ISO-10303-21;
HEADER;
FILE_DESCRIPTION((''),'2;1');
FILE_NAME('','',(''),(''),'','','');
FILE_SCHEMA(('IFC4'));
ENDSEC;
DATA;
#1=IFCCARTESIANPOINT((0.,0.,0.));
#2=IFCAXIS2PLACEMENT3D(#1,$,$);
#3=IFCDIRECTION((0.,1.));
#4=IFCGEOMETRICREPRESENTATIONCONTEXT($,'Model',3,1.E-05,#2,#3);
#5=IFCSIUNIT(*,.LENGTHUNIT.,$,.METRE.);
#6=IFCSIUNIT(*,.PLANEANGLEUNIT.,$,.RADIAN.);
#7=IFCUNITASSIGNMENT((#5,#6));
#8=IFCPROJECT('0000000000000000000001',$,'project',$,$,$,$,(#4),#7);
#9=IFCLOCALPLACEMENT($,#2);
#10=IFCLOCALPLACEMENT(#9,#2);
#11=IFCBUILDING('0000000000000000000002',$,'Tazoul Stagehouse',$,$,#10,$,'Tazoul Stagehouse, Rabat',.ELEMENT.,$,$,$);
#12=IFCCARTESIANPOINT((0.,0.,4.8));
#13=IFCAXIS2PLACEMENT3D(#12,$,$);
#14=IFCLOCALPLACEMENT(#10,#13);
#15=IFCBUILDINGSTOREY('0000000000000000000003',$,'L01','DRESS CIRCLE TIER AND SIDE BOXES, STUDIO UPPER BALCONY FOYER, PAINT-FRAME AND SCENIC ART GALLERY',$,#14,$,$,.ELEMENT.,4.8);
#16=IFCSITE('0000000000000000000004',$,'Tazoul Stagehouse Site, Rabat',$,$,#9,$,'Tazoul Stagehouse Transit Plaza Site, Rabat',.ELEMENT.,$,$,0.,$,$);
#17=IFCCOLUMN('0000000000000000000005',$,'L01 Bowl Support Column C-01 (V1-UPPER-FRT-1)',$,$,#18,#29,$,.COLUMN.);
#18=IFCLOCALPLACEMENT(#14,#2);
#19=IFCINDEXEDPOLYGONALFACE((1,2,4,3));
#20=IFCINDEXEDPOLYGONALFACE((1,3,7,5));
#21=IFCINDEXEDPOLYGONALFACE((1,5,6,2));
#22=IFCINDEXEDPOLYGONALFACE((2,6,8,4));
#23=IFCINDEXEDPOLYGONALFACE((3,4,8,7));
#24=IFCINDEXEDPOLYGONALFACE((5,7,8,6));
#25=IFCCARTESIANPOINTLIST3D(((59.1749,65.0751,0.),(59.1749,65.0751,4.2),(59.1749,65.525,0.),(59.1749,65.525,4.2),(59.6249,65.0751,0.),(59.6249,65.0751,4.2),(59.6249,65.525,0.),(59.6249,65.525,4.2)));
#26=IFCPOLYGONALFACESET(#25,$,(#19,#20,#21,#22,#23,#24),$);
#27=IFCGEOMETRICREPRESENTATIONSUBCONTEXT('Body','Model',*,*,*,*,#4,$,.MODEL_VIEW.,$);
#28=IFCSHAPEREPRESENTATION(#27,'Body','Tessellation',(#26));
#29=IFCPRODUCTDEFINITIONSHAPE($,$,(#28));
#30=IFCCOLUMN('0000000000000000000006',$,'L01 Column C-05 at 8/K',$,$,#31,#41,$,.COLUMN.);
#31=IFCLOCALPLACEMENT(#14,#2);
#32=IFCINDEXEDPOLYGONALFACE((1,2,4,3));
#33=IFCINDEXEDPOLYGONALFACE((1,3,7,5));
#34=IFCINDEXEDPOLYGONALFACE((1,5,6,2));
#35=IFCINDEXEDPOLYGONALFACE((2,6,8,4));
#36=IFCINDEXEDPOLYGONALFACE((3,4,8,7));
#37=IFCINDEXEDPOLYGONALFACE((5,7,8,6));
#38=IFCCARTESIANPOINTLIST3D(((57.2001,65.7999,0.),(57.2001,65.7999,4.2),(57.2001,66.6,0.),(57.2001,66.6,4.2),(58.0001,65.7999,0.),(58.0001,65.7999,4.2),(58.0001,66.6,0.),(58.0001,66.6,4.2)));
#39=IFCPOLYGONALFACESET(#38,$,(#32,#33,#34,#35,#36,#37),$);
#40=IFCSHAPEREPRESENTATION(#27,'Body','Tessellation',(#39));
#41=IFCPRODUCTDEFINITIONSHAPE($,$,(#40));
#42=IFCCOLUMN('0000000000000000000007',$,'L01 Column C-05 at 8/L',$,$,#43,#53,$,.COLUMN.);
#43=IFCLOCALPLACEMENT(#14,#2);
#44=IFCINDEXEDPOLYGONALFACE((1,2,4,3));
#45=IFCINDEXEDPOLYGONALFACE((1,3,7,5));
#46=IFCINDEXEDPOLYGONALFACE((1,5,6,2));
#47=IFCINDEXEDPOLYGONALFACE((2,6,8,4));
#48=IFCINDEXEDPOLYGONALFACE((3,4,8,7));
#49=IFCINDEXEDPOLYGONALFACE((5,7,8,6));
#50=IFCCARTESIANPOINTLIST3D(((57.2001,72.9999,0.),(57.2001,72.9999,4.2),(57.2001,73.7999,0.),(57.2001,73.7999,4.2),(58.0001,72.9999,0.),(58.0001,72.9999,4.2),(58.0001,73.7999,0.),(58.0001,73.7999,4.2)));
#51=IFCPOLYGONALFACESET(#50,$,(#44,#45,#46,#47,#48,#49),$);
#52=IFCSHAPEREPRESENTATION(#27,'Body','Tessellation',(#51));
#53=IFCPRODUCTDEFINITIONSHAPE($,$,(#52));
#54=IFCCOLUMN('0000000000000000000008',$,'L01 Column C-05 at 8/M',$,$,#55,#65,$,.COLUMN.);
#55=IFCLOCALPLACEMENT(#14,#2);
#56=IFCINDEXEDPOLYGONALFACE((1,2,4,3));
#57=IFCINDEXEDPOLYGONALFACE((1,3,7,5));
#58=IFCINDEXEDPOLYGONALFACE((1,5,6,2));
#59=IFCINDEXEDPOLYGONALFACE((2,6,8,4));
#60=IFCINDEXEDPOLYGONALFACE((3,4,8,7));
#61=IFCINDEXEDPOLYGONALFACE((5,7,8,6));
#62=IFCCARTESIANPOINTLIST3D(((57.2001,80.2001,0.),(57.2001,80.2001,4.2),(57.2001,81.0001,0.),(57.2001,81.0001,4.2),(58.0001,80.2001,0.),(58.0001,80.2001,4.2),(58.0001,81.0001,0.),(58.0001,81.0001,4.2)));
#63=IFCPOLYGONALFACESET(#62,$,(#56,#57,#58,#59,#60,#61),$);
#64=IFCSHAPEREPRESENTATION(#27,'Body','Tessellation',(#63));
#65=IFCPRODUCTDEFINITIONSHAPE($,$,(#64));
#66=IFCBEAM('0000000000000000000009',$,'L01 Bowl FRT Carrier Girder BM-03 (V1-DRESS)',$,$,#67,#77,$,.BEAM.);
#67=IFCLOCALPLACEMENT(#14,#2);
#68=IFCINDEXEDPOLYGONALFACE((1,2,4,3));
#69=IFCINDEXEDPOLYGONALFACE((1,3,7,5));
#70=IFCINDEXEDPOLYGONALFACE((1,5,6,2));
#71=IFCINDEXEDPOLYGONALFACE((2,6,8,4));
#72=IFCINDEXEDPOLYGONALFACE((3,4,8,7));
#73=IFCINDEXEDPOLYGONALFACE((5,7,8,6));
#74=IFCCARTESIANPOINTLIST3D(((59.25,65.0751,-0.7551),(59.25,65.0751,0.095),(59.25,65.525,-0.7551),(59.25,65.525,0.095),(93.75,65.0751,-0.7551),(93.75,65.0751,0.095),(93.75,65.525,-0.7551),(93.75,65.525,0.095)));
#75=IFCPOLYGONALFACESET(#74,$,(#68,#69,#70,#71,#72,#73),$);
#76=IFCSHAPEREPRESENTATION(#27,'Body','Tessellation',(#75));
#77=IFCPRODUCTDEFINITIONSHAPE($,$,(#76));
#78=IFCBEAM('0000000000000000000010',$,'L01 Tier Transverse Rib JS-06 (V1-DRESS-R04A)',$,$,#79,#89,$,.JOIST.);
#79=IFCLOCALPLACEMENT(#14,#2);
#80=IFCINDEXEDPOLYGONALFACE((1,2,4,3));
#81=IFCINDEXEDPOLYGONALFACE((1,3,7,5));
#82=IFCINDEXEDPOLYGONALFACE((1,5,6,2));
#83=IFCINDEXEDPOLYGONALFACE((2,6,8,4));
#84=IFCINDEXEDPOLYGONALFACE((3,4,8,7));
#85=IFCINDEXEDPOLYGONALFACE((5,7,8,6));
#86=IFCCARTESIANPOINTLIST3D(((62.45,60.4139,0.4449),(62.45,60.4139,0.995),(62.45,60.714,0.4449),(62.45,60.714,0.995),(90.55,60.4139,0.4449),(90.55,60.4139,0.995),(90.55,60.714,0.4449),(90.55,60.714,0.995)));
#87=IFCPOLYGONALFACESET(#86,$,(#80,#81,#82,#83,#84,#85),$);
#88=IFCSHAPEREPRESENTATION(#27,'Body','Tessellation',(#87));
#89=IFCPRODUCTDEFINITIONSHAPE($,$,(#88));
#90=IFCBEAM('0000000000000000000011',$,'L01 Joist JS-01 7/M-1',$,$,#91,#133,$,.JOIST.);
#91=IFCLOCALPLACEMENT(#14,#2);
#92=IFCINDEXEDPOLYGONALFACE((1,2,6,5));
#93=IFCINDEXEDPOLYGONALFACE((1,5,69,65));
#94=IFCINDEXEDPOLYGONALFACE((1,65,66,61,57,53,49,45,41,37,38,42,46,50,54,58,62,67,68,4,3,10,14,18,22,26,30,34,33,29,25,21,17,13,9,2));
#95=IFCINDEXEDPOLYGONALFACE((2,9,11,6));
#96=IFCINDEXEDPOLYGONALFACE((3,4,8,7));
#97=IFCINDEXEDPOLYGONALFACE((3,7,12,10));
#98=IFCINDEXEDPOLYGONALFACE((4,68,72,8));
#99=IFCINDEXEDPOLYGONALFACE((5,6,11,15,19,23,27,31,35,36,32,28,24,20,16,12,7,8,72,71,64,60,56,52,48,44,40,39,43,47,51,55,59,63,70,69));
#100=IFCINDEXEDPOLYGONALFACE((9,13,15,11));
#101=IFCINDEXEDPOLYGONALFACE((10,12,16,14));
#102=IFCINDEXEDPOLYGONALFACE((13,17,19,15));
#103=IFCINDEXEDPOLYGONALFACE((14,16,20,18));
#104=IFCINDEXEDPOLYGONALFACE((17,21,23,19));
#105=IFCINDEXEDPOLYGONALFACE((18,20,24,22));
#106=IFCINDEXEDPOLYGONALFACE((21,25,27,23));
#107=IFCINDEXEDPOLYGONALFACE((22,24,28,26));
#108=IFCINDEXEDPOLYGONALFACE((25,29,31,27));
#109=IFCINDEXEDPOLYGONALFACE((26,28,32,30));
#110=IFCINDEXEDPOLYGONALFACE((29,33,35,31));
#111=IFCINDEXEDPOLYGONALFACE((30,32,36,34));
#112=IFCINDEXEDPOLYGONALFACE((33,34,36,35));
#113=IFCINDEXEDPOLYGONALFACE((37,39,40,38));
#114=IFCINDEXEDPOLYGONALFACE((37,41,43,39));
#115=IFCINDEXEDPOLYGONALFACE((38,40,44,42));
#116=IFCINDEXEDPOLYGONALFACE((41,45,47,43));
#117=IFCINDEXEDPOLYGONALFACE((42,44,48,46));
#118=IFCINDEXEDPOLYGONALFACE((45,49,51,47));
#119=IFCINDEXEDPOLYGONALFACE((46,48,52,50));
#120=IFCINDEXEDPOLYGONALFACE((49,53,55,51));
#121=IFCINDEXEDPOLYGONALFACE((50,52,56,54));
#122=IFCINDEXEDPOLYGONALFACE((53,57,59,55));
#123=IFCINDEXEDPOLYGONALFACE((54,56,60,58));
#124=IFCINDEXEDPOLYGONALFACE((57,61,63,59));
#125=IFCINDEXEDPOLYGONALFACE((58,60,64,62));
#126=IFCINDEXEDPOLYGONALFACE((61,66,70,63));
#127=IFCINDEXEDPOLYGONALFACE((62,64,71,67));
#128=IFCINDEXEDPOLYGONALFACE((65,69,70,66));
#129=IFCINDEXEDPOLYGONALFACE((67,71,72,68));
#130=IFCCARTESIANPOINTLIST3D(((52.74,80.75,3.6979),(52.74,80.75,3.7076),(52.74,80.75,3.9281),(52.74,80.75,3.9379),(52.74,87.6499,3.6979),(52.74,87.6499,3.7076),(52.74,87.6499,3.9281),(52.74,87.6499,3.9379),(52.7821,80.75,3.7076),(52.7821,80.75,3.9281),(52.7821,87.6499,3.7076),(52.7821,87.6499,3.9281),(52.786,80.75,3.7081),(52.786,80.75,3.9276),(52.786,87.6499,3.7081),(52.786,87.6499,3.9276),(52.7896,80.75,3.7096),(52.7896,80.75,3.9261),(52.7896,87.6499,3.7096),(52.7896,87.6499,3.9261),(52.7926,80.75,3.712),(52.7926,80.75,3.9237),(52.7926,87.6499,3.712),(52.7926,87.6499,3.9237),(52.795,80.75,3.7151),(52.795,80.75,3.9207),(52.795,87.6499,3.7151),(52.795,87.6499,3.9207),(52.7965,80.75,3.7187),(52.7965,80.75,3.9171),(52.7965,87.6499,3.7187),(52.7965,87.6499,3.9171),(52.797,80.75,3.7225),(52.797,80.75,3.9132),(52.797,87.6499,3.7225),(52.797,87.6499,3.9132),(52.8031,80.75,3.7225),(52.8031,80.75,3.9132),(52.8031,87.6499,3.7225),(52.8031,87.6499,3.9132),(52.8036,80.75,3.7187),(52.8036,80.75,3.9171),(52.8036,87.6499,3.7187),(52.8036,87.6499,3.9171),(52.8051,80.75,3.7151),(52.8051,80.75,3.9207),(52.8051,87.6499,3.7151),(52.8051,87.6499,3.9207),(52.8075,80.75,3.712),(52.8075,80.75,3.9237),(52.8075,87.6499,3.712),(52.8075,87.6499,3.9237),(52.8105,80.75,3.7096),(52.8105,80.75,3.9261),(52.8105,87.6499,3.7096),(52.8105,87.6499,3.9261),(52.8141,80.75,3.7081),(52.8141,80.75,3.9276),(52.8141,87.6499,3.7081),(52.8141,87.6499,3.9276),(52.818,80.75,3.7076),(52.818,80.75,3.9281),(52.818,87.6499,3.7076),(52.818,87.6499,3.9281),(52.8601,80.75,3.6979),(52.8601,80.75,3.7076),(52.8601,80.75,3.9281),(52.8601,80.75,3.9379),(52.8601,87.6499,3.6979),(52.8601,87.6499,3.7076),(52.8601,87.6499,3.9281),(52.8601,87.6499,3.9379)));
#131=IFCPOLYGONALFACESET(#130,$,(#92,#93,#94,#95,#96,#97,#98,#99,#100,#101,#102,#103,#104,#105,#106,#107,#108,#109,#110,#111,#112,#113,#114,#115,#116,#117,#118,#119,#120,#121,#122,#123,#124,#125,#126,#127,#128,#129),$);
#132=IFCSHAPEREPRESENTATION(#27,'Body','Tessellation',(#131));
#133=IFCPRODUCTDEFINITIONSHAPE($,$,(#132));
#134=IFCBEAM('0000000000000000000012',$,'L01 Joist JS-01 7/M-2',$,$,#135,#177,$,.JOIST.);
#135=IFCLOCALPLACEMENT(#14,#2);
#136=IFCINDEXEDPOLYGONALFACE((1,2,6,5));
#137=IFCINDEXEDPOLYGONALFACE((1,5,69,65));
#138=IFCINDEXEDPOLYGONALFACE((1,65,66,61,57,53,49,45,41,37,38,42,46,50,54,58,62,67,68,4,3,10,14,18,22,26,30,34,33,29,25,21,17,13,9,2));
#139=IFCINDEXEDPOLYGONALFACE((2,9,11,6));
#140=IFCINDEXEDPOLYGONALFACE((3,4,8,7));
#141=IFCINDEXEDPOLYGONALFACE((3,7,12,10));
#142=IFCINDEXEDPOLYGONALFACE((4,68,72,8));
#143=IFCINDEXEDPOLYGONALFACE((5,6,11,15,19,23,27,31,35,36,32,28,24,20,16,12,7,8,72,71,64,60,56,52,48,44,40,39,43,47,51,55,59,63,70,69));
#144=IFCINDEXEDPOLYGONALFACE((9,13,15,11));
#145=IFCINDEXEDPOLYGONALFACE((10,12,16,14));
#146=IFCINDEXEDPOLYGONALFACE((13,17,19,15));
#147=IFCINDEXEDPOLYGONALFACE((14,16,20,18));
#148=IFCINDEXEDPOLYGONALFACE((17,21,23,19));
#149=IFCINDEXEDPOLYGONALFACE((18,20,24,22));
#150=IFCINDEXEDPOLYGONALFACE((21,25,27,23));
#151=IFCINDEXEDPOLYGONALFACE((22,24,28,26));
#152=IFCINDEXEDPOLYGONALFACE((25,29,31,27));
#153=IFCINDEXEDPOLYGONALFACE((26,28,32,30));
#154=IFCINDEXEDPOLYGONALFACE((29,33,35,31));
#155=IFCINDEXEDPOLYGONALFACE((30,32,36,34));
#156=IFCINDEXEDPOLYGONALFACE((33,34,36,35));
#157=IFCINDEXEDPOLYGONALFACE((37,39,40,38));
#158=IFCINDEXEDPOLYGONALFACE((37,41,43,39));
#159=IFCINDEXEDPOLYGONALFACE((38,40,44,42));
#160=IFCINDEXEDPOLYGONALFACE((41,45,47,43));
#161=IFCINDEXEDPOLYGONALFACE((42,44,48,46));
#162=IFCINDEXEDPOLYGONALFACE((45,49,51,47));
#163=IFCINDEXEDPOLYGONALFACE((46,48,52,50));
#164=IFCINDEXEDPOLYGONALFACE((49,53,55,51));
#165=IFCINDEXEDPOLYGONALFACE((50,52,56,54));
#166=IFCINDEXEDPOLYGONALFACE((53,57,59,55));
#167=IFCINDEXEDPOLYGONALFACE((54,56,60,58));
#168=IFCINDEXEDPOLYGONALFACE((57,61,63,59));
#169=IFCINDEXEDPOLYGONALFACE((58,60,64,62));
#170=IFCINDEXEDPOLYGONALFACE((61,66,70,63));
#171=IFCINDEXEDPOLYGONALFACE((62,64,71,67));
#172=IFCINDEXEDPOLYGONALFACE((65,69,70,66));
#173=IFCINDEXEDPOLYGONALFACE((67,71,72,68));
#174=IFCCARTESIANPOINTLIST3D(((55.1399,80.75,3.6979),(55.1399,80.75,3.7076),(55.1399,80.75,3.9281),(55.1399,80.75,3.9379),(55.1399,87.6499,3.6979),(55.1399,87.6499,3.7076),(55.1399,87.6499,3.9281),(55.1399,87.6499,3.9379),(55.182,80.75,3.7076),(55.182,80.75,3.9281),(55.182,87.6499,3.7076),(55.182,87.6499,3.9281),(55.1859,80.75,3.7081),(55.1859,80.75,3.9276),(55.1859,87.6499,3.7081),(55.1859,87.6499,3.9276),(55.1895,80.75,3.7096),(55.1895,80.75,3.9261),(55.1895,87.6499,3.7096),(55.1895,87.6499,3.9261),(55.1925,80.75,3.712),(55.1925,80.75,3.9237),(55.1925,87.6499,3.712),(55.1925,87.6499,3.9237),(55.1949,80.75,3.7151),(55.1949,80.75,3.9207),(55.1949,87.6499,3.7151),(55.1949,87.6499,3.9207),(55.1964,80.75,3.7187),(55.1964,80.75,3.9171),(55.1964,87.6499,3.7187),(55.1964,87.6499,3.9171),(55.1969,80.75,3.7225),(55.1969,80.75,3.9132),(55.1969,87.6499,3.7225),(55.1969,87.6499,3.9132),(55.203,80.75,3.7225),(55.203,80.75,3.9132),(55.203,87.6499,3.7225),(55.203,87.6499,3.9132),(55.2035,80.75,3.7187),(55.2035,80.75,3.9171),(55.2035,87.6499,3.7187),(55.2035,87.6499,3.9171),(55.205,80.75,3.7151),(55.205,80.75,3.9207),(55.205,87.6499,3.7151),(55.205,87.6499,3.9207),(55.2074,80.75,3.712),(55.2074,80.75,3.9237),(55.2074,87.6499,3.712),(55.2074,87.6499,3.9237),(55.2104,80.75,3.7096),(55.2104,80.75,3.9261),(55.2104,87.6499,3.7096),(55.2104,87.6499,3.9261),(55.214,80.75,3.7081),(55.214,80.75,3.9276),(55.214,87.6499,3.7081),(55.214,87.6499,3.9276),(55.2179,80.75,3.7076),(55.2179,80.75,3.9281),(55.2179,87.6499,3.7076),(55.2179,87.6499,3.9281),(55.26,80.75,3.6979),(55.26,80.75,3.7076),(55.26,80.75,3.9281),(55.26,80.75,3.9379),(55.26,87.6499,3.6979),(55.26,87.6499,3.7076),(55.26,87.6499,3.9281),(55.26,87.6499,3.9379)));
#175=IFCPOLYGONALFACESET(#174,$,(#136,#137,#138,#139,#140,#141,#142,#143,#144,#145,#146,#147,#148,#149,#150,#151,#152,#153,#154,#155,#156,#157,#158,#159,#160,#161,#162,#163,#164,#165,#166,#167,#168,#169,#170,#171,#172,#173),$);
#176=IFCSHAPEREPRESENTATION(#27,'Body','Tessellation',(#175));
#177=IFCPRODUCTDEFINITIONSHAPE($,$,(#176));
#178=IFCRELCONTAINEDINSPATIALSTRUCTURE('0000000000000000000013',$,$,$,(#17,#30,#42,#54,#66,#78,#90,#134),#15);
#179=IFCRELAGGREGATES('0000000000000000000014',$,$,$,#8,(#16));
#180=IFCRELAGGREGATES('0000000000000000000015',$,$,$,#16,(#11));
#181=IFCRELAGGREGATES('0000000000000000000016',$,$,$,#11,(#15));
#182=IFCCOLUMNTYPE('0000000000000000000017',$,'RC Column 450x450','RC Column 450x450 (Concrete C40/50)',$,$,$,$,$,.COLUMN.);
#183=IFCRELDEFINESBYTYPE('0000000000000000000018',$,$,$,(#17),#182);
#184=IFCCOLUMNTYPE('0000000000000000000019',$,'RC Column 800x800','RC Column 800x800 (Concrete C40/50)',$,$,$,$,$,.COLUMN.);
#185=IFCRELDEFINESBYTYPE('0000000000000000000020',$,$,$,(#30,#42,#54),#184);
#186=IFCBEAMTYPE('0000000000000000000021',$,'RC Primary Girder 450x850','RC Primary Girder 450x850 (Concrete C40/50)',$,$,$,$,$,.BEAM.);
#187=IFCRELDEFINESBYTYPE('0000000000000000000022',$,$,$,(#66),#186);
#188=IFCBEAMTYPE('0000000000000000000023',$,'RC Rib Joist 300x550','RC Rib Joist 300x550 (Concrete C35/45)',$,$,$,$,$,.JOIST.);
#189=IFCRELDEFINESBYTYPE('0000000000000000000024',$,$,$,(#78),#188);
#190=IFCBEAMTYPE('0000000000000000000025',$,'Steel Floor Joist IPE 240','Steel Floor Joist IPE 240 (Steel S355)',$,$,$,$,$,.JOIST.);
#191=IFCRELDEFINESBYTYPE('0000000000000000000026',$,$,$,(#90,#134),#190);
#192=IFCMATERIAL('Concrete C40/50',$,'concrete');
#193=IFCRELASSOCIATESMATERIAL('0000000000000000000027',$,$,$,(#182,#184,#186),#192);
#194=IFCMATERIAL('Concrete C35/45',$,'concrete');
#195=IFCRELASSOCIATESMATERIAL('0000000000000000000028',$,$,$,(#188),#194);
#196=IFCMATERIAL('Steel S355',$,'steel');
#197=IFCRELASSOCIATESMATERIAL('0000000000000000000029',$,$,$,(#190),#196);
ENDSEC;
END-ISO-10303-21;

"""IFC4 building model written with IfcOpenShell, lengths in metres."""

from ifc_helpers import new_model, si_unit, direction, frame, origin, origin_2d, place, context, subcontext, project, spatial, rectangle, i_section, extrude, material, material_profile, profile_set, type_object, element, save


model = new_model("IFC4")

# Units and contexts
model_context = context("Model", 3, precision=1e-05, world=origin(), true_north=direction((0.0, 1.0)))
body_context = subcontext(model_context, "Body", "Model", "MODEL_VIEW")
ifc_project = project(units=[si_unit("LENGTHUNIT", "METRE"), si_unit("PLANEANGLEUNIT", "RADIAN")], contexts=[model_context])

# Site, building, storey
site_placement = place(None, origin())
site = spatial("IfcSite", under=ifc_project, at=site_placement, Name="Tazoul Stagehouse Site, Rabat", LongName="Tazoul Stagehouse Transit Plaza Site, Rabat", CompositionType="ELEMENT", RefElevation=0.0)
building_placement = place(site_placement, origin())
building = spatial("IfcBuilding", under=site, at=building_placement, Name="Tazoul Stagehouse", LongName="Tazoul Stagehouse, Rabat", CompositionType="ELEMENT")
storey_placement = place(building_placement, frame((0.0, 0.0, 4.8)))
storey = spatial("IfcBuildingStorey", under=building, at=storey_placement, Name="L01", Description="DRESS CIRCLE TIER AND SIDE BOXES, STUDIO UPPER BALCONY FOYER, PAINT-FRAME AND SCENIC ART GALLERY", CompositionType="ELEMENT", Elevation=4.8)

# Columns
ifc_material_1 = material(Name="Concrete C40/50", Category="concrete")
ifc_material_profile_1 = material_profile(ifc_material_1, rectangle(XDim=0.45, YDim=0.45, at=origin_2d()), Name="RC 450x450")
ifc_profile_set_1 = profile_set([ifc_material_profile_1], Name="Concrete C40/50")
column_type_1 = type_object("IfcColumnType", Name="RC Column 450x450", Description="RC Column 450x450 (Concrete C40/50)", PredefinedType="COLUMN", material=ifc_profile_set_1)
column_placement = place(storey_placement, frame((59.3999, 65.3, 0.0), z_axis=(0.0, 0.0, 1.0), x_axis=(1.0, 0.0, 0.0)))
element("IfcColumn", 1, at=column_placement, inside=storey, type_object=column_type_1, Name="L01 Bowl Support Column C-01 (V1-UPPER-FRT-1)", PredefinedType="COLUMN", context=body_context, shape_type="SweptSolid", body=[
    extrude(rectangle(XDim=0.45, YDim=0.45, at=origin_2d()), origin(), (0.0, 0.0, 1.0), 4.2),
])
ifc_material_profile_2 = material_profile(ifc_material_1, rectangle(XDim=0.8, YDim=0.8, at=origin_2d()), Name="RC 800x800")
ifc_profile_set_2 = profile_set([ifc_material_profile_2], Name="Concrete C40/50")
column_type_2 = type_object("IfcColumnType", Name="RC Column 800x800", Description="RC Column 800x800 (Concrete C40/50)", PredefinedType="COLUMN", material=ifc_profile_set_2)
for number, where, z_axis, x_axis, name in (
    (2, (57.6001, 66.2, 0.0), (0.0, 0.0, 1.0), (1.0, 0.0, 0.0), "L01 Column C-05 at 8/K"),
    (3, (57.6001, 73.3999, 0.0), (0.0, 0.0, 1.0), (1.0, 0.0, 0.0), "L01 Column C-05 at 8/L"),
    (4, (57.6001, 80.6001, 0.0), (0.0, 0.0, 1.0), (1.0, 0.0, 0.0), "L01 Column C-05 at 8/M"),
):
    element("IfcColumn", number, at=place(storey_placement, frame(where, z_axis=z_axis, x_axis=x_axis)), inside=storey, type_object=column_type_2, Name=name, PredefinedType="COLUMN", context=body_context, shape_type="SweptSolid", body=[
        extrude(rectangle(XDim=0.8, YDim=0.8, at=origin_2d()), origin(), (0.0, 0.0, 1.0), 4.2),
    ])

# Beams
ifc_material_profile_3 = material_profile(ifc_material_1, rectangle(XDim=0.45, YDim=0.8501, at=origin_2d()), Name="RC 450x850")
ifc_profile_set_3 = profile_set([ifc_material_profile_3], Name="Concrete C40/50")
beam_type_1 = type_object("IfcBeamType", Name="RC Primary Girder 450x850", Description="RC Primary Girder 450x850 (Concrete C40/50)", PredefinedType="BEAM", material=ifc_profile_set_3)
beam_1_placement = place(storey_placement, frame((59.25, 65.3, -0.3301), z_axis=(1.0, 0.0, 0.0), x_axis=(0.0, 1.0, 0.0)))
element("IfcBeam", 5, at=beam_1_placement, inside=storey, type_object=beam_type_1, Name="L01 Bowl FRT Carrier Girder BM-03 (V1-DRESS)", PredefinedType="BEAM", context=body_context, shape_type="SweptSolid", body=[
    extrude(rectangle(XDim=0.45, YDim=0.8501, at=origin_2d()), origin(), (0.0, 0.0, 1.0), 34.5),
])
ifc_material_2 = material(Name="Concrete C35/45", Category="concrete")
ifc_material_profile_4 = material_profile(ifc_material_2, rectangle(XDim=0.3, YDim=0.55, at=origin_2d()), Name="RC 300x550")
ifc_profile_set_4 = profile_set([ifc_material_profile_4], Name="Concrete C35/45")
beam_type_2 = type_object("IfcBeamType", Name="RC Rib Joist 300x550", Description="RC Rib Joist 300x550 (Concrete C35/45)", PredefinedType="JOIST", material=ifc_profile_set_4)
beam_2_placement = place(storey_placement, frame((62.45, 60.564, 0.72), z_axis=(1.0, 0.0, 0.0), x_axis=(0.0, 1.0, 0.0)))
element("IfcBeam", 6, at=beam_2_placement, inside=storey, type_object=beam_type_2, Name="L01 Tier Transverse Rib JS-06 (V1-DRESS-R04A)", PredefinedType="JOIST", context=body_context, shape_type="SweptSolid", body=[
    extrude(rectangle(XDim=0.3, YDim=0.55, at=origin_2d()), origin(), (0.0, 0.0, 1.0), 28.1001),
])
ifc_material_3 = material(Name="Steel S355", Category="steel")
ifc_material_profile_5 = material_profile(ifc_material_3, i_section(OverallWidth=0.1201, OverallDepth=0.24, WebThickness=0.0061, FlangeThickness=0.0098, FilletRadius=0.0149, at=origin_2d()), Name="IPE 240")
ifc_profile_set_5 = profile_set([ifc_material_profile_5], Name="Steel S355")
beam_type_3 = type_object("IfcBeamType", Name="Steel Floor Joist IPE 240", Description="Steel Floor Joist IPE 240 (Steel S355)", PredefinedType="JOIST", material=ifc_profile_set_5)
for number, where, z_axis, x_axis, name in (
    (7, (52.8, 80.75, 3.8179), (0.0, 1.0, 0.0), (-1.0, 0.0, 0.0), "L01 Joist JS-01 7/M-1"),
    (8, (55.2, 80.75, 3.8179), (0.0, 1.0, 0.0), (-1.0, 0.0, 0.0), "L01 Joist JS-01 7/M-2"),
):
    element("IfcBeam", number, at=place(storey_placement, frame(where, z_axis=z_axis, x_axis=x_axis)), inside=storey, type_object=beam_type_3, Name=name, PredefinedType="JOIST", context=body_context, shape_type="SweptSolid", body=[
        extrude(i_section(OverallWidth=0.1201, OverallDepth=0.24, WebThickness=0.0061, FlangeThickness=0.0098, FilletRadius=0.0149, at=origin_2d()), origin(), (0.0, 0.0, 1.0), 6.8999),
    ])

save(model, "model.ifc")
